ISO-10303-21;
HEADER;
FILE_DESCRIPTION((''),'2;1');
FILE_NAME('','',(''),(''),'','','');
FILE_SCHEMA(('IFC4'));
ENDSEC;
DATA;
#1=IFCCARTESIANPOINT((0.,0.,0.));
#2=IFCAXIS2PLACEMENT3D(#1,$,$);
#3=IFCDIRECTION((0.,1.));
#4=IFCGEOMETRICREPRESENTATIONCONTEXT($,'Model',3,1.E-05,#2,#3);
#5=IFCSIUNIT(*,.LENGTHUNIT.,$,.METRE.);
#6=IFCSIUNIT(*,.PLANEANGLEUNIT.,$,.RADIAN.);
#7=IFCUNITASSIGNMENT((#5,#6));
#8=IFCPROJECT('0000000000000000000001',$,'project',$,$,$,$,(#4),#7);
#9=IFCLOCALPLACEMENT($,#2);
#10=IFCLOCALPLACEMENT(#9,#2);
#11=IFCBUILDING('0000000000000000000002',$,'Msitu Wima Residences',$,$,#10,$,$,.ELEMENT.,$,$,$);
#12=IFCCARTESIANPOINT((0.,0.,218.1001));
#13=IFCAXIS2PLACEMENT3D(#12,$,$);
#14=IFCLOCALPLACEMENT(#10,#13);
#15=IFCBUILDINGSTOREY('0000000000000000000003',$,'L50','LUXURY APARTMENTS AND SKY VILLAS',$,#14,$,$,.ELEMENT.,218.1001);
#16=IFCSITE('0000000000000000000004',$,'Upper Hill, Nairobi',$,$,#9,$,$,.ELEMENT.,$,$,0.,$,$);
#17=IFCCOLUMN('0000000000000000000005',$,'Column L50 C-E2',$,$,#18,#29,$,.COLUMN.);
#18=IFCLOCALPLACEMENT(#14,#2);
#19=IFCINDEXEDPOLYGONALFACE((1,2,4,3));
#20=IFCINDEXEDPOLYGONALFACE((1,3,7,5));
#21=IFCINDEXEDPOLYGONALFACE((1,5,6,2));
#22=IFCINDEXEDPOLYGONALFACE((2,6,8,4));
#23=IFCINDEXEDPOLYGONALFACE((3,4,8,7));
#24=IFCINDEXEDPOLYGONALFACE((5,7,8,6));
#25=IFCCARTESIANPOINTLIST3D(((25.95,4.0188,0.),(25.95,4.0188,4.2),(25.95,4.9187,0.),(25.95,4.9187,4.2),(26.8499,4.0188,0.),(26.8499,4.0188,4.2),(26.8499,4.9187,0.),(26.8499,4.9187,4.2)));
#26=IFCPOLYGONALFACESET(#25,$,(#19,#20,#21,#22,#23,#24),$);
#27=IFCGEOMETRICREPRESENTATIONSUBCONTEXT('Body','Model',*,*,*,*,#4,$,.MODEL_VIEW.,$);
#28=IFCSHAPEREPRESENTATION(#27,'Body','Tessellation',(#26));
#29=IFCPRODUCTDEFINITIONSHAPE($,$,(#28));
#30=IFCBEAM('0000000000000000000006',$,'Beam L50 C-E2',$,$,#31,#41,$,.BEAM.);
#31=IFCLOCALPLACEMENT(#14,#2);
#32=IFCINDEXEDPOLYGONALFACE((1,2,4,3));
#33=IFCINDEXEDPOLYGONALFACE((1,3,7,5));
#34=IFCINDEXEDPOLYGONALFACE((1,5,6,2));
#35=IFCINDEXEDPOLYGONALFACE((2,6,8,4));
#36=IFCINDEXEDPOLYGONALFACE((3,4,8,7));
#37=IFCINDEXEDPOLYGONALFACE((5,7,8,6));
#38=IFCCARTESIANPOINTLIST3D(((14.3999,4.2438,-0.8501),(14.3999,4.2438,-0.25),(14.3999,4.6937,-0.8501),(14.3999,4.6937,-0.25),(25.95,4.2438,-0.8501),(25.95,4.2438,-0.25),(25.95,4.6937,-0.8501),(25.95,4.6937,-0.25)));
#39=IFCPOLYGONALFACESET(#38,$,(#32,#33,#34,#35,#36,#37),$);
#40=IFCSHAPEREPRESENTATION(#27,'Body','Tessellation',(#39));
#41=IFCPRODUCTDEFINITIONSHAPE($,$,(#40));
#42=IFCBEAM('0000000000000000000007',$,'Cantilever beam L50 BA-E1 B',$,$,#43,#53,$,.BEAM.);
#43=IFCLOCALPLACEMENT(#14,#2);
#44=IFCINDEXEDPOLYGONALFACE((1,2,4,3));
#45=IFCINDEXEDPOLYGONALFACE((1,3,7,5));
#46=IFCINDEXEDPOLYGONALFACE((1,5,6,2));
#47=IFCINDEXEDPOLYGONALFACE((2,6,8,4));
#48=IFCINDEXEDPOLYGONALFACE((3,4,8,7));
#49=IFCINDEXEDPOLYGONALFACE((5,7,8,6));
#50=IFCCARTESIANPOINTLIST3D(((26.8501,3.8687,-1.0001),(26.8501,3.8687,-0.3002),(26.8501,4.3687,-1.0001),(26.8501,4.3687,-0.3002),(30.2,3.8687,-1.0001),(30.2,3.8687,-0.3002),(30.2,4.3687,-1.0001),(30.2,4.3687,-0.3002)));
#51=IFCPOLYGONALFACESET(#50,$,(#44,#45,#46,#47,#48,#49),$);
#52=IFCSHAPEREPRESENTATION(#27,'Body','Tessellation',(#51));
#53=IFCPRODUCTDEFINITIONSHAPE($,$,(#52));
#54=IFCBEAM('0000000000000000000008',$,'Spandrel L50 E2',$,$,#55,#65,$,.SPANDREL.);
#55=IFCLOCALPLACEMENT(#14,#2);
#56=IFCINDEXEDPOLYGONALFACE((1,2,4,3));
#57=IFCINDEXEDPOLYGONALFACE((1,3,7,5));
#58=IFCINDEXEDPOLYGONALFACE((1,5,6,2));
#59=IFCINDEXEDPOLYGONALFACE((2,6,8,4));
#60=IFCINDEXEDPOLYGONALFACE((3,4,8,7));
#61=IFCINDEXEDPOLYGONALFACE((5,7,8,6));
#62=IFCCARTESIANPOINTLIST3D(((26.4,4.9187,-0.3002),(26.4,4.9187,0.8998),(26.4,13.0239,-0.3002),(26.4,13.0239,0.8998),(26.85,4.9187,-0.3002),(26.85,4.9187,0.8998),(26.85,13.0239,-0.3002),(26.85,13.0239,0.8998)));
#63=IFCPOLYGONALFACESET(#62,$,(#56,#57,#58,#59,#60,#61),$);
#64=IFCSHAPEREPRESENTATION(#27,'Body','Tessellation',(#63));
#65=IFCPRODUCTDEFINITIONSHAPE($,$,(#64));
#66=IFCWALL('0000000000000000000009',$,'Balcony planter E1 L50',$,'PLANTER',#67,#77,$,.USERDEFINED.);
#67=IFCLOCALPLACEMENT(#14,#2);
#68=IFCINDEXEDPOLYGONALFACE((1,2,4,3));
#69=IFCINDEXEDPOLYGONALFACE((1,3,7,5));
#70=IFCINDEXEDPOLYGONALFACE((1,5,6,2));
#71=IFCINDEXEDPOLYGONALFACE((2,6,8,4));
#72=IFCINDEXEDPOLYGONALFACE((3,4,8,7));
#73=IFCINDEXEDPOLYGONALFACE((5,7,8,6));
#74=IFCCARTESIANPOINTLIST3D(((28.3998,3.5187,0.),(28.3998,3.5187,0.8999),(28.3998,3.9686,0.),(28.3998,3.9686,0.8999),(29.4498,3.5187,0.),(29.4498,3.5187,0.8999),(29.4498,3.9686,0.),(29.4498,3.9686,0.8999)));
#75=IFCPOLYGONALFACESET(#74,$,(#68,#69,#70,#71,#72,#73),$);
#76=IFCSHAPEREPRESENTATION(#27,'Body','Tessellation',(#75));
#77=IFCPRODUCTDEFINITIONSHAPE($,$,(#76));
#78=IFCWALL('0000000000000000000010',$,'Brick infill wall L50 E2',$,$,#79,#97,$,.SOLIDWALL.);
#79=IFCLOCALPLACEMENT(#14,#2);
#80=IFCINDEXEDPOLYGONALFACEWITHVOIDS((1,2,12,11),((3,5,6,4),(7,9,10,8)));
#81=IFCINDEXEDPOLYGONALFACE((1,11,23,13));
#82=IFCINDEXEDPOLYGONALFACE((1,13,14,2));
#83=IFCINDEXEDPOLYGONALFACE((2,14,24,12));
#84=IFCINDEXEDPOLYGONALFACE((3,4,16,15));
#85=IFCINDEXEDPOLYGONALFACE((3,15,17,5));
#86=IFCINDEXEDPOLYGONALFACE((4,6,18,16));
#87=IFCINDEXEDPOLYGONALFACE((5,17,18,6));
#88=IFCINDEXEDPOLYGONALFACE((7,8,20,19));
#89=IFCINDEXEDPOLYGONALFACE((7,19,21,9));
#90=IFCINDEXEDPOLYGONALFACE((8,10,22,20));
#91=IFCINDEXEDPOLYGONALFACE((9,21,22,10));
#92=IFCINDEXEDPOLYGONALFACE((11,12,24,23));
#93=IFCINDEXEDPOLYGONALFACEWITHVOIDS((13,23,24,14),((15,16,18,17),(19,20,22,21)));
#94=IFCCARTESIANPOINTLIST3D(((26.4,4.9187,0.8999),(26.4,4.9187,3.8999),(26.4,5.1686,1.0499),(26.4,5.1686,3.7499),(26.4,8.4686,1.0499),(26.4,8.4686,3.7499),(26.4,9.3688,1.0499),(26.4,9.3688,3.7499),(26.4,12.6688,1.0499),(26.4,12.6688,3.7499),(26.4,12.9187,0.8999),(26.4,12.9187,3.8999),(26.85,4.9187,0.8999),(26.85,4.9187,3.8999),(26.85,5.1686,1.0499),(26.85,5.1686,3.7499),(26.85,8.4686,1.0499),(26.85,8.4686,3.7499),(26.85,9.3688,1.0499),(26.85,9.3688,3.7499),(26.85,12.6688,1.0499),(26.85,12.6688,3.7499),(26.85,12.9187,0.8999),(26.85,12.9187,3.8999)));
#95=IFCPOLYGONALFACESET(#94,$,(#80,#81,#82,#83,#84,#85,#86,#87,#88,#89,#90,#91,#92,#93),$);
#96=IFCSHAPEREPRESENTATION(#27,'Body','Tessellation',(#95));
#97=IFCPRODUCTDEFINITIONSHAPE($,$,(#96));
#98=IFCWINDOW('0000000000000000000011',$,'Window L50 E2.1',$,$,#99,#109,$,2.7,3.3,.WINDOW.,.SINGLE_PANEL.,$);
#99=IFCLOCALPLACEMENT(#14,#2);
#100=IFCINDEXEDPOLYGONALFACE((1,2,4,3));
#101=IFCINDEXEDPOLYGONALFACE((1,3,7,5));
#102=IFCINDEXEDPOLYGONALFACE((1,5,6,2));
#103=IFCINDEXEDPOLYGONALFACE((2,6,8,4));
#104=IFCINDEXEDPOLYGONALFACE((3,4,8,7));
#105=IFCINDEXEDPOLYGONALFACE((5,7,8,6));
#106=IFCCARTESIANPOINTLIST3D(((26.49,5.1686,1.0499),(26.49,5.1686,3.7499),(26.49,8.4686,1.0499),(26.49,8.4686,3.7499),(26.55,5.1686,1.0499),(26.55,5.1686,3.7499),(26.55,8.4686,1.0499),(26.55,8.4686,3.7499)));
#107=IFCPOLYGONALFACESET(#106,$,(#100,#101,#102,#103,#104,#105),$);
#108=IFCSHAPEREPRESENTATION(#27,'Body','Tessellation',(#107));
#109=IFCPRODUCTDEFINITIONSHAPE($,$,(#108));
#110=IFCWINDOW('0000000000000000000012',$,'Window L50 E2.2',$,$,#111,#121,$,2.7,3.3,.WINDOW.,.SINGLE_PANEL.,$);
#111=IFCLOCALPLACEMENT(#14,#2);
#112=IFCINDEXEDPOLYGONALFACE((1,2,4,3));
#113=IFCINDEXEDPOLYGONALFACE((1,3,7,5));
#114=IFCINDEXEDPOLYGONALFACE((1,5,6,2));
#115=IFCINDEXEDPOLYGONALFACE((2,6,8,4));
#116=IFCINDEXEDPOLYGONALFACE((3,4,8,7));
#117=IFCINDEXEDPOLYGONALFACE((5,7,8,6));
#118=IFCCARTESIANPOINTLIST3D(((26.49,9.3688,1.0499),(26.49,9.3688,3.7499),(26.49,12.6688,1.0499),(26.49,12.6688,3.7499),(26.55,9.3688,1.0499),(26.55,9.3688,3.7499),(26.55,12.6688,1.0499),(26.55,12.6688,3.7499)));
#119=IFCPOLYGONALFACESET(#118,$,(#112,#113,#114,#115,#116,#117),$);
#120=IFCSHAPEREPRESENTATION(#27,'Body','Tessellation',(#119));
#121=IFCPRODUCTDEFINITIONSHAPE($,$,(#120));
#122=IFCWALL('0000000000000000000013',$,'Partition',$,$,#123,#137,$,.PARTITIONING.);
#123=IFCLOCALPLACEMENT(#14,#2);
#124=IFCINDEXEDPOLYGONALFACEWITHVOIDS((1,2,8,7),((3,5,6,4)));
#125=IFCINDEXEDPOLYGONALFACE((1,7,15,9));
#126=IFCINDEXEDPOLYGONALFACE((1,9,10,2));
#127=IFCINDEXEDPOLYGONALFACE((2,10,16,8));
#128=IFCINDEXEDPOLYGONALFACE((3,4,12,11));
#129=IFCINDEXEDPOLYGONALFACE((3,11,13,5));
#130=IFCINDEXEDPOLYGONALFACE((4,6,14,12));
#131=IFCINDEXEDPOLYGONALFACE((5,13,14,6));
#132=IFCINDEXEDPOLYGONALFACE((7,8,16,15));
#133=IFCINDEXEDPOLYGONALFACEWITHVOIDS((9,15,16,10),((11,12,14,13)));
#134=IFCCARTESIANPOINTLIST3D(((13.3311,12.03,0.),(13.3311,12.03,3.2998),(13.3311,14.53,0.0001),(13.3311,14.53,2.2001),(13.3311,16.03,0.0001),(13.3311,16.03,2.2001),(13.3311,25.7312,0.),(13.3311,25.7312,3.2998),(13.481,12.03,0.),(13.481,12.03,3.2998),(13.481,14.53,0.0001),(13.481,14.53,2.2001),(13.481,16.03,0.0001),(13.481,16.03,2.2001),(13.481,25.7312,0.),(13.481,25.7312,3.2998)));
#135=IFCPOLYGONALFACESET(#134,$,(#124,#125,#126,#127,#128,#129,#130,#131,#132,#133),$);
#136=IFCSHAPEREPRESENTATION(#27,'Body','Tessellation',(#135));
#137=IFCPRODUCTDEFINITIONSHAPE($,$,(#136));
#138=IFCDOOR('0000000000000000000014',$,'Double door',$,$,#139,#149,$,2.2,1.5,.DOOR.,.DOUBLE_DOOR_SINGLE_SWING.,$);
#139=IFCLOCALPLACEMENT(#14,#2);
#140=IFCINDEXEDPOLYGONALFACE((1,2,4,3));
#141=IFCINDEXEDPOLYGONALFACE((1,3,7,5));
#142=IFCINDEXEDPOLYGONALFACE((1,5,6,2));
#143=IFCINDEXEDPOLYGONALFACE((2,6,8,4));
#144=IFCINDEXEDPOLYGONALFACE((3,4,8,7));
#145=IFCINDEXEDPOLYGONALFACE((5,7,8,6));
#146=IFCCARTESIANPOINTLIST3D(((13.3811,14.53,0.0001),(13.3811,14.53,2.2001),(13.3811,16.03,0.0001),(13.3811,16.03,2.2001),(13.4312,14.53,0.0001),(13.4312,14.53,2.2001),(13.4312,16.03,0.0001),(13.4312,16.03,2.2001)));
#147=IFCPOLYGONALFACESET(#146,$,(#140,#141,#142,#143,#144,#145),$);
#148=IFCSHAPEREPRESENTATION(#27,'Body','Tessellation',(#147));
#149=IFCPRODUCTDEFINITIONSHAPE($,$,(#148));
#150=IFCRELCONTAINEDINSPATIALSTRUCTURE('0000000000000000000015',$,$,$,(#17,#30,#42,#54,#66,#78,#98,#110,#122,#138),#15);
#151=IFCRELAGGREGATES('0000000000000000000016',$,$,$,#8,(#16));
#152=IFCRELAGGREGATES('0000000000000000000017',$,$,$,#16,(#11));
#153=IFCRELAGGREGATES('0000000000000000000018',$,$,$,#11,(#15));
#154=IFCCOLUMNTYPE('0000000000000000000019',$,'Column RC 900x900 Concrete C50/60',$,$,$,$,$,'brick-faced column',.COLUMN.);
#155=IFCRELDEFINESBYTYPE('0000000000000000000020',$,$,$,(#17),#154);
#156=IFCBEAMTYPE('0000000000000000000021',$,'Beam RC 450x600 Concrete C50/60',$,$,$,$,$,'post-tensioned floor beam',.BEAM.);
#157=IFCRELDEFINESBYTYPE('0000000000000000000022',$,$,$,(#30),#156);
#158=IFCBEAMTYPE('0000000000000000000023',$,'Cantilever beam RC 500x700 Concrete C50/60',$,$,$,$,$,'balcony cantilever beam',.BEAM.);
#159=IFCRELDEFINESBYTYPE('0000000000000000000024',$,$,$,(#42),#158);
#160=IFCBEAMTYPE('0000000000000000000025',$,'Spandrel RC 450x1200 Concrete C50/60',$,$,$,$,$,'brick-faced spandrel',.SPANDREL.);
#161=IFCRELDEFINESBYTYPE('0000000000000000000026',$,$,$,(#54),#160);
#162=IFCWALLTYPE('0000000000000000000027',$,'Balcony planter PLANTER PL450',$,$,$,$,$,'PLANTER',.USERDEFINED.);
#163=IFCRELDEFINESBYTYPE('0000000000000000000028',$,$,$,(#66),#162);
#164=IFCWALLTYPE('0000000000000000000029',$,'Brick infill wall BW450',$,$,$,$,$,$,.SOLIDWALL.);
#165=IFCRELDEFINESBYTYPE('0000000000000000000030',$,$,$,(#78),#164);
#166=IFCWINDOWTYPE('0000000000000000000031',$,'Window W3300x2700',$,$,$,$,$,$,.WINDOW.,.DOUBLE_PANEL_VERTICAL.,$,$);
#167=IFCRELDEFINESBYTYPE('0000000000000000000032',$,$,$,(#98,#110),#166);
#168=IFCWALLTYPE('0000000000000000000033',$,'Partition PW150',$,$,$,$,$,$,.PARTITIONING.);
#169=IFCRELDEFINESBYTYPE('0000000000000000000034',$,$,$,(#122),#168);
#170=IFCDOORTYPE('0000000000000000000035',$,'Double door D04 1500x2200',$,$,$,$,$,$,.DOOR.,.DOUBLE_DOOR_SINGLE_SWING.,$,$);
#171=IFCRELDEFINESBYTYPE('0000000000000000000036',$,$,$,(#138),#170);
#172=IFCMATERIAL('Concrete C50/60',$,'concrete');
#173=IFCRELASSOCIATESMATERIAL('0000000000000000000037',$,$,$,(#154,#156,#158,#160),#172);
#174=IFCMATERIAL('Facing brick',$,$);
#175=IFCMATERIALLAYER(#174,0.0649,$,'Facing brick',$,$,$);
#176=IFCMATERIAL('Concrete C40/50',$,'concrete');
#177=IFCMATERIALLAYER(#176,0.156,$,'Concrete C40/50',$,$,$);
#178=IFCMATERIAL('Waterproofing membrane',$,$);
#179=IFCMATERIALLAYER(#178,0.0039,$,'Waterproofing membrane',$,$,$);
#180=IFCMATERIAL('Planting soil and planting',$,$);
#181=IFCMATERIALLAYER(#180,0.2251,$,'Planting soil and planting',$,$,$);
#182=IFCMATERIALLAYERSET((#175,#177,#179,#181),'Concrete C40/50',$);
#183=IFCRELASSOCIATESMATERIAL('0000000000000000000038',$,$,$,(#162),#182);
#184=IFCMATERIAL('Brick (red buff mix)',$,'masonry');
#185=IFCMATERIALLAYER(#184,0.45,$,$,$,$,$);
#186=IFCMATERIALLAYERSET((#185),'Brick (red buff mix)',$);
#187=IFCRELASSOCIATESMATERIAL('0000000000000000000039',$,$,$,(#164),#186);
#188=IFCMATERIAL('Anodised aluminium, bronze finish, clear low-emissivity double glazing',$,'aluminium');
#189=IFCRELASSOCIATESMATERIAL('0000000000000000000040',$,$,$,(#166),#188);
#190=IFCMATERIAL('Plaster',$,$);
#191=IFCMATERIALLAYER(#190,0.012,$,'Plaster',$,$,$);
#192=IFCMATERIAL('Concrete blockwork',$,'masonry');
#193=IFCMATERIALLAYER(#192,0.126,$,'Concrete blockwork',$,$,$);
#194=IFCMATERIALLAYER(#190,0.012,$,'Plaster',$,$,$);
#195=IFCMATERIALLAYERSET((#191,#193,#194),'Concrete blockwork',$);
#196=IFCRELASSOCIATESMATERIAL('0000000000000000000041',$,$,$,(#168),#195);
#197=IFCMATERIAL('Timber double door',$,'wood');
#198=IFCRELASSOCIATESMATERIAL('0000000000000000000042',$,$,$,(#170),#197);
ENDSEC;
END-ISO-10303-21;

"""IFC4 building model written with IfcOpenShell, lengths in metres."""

from ifc_helpers import new_model, si_unit, direction, frame, frame_2d, origin, origin_2d, place, context, subcontext, project, spatial, rectangle, extrude, material, layer, layer_set, material_profile, profile_set, type_object, element, fill, save


model = new_model("IFC4")

# Units and contexts
model_context = context("Model", 3, precision=1e-05, world=origin(), true_north=direction((0.0, 1.0)))
body_context = subcontext(model_context, "Body", "Model", "MODEL_VIEW")
ifc_project = project(units=[si_unit("LENGTHUNIT", "METRE"), si_unit("PLANEANGLEUNIT", "RADIAN")], contexts=[model_context])

# Site, building, storey
site_placement = place(None, origin())
site = spatial("IfcSite", under=ifc_project, at=site_placement, Name="Upper Hill, Nairobi", CompositionType="ELEMENT", RefElevation=0.0)
building_placement = place(site_placement, origin())
building = spatial("IfcBuilding", under=site, at=building_placement, Name="Msitu Wima Residences", CompositionType="ELEMENT")
storey_placement = place(building_placement, frame((0.0, 0.0, 218.1001)))
storey = spatial("IfcBuildingStorey", under=building, at=storey_placement, Name="L50", Description="LUXURY APARTMENTS AND SKY VILLAS", CompositionType="ELEMENT", Elevation=218.1001)

# Column
ifc_material_1 = material(Name="Concrete C50/60", Category="concrete")
ifc_material_profile_1 = material_profile(ifc_material_1, rectangle(XDim=0.8999, YDim=0.8999, at=origin_2d()), Name="RC 900x900")
ifc_profile_set_1 = profile_set([ifc_material_profile_1], Name="Concrete C50/60")
column_type = type_object("IfcColumnType", Name="Column RC 900x900 Concrete C50/60", ElementType="brick-faced column", PredefinedType="COLUMN", material=ifc_profile_set_1)
column_placement = place(storey_placement, frame((26.3999, 4.4688, 0.0), z_axis=(0.0, 0.0, 1.0), x_axis=(0.0, 1.0, 0.0)))
element("IfcColumn", 1, at=column_placement, inside=storey, type_object=column_type, Name="Column L50 C-E2", PredefinedType="COLUMN", context=body_context, shape_type="SweptSolid", body=[
    extrude(rectangle(XDim=0.8999, YDim=0.8999, at=origin_2d()), origin(), (0.0, 0.0, 1.0), 4.2),
])

# Beams
ifc_material_profile_2 = material_profile(ifc_material_1, rectangle(XDim=0.45, YDim=0.6001, at=origin_2d()), Name="RC 450x600")
ifc_profile_set_2 = profile_set([ifc_material_profile_2], Name="Concrete C50/60")
beam_type_1 = type_object("IfcBeamType", Name="Beam RC 450x600 Concrete C50/60", ElementType="post-tensioned floor beam", PredefinedType="BEAM", material=ifc_profile_set_2)
beam_1_placement = place(storey_placement, frame((25.95, 4.4688, -0.55), z_axis=(-1.0, 0.0, 0.0), x_axis=(0.0, -1.0, 0.0)))
element("IfcBeam", 2, at=beam_1_placement, inside=storey, type_object=beam_type_1, Name="Beam L50 C-E2", PredefinedType="BEAM", context=body_context, shape_type="SweptSolid", body=[
    extrude(rectangle(XDim=0.45, YDim=0.6001, at=origin_2d()), origin(), (0.0, 0.0, 1.0), 11.55),
])
ifc_material_profile_3 = material_profile(ifc_material_1, rectangle(XDim=0.5, YDim=0.7, at=origin_2d()), Name="RC 500x700")
ifc_profile_set_3 = profile_set([ifc_material_profile_3], Name="Concrete C50/60")
beam_type_2 = type_object("IfcBeamType", Name="Cantilever beam RC 500x700 Concrete C50/60", ElementType="balcony cantilever beam", PredefinedType="BEAM", material=ifc_profile_set_3)
beam_2_placement = place(storey_placement, frame((26.8501, 4.1187, -0.6501), z_axis=(1.0, 0.0, 0.0), x_axis=(0.0, 1.0, 0.0)))
element("IfcBeam", 3, at=beam_2_placement, inside=storey, type_object=beam_type_2, Name="Cantilever beam L50 BA-E1 B", PredefinedType="BEAM", context=body_context, shape_type="SweptSolid", body=[
    extrude(rectangle(XDim=0.5, YDim=0.7, at=origin_2d()), origin(), (0.0, 0.0, 1.0), 3.3499),
])
ifc_material_profile_4 = material_profile(ifc_material_1, rectangle(XDim=0.45, YDim=1.2, at=origin_2d()), Name="RC 450x1200")
ifc_profile_set_4 = profile_set([ifc_material_profile_4], Name="Concrete C50/60")
beam_type_3 = type_object("IfcBeamType", Name="Spandrel RC 450x1200 Concrete C50/60", ElementType="brick-faced spandrel", PredefinedType="SPANDREL", material=ifc_profile_set_4)
beam_3_placement = place(storey_placement, frame((26.625, 4.9187, 0.2998), z_axis=(0.0, 1.0, 0.0), x_axis=(-1.0, 0.0, 0.0)))
element("IfcBeam", 4, at=beam_3_placement, inside=storey, type_object=beam_type_3, Name="Spandrel L50 E2", PredefinedType="SPANDREL", context=body_context, shape_type="SweptSolid", body=[
    extrude(rectangle(XDim=0.45, YDim=1.2, at=origin_2d()), origin(), (0.0, 0.0, 1.0), 8.1052),
])

# Wall
ifc_material_2 = material(Name="Facing brick")
ifc_layer_1 = layer(ifc_material_2, 0.0649, Name="Facing brick")
ifc_material_3 = material(Name="Concrete C40/50", Category="concrete")
ifc_layer_2 = layer(ifc_material_3, 0.156, Name="Concrete C40/50")
ifc_material_4 = material(Name="Waterproofing membrane")
ifc_layer_3 = layer(ifc_material_4, 0.0039, Name="Waterproofing membrane")
ifc_material_5 = material(Name="Planting soil and planting")
ifc_layer_4 = layer(ifc_material_5, 0.2251, Name="Planting soil and planting")
ifc_layer_set_1 = layer_set([ifc_layer_1, ifc_layer_2, ifc_layer_3, ifc_layer_4], Name="Concrete C40/50")
wall_type_1 = type_object("IfcWallType", Name="Balcony planter PLANTER PL450", ElementType="PLANTER", PredefinedType="USERDEFINED", material=ifc_layer_set_1)
wall_1_placement = place(storey_placement, frame((28.3999, 3.7437, 0.0), z_axis=(0.0, 0.0, 1.0), x_axis=(1.0, 0.0, 0.0)))
element("IfcWall", 5, at=wall_1_placement, inside=storey, type_object=wall_type_1, Name="Balcony planter E1 L50", ObjectType="PLANTER", PredefinedType="USERDEFINED", context=body_context, shape_type="SweptSolid", body=[
    extrude(rectangle(XDim=1.05, YDim=0.45, at=frame_2d((0.5249, 0.0))), origin(), (0.0, 0.0, 1.0), 0.8999),
])

# Wall, openings, windows
ifc_material_6 = material(Name="Brick (red buff mix)", Category="masonry")
ifc_layer_5 = layer(ifc_material_6, 0.45)
ifc_layer_set_2 = layer_set([ifc_layer_5], Name="Brick (red buff mix)")
wall_type_2 = type_object("IfcWallType", Name="Brick infill wall BW450", PredefinedType="SOLIDWALL", material=ifc_layer_set_2)
wall_2_placement = place(storey_placement, frame((26.625, 4.9187, 0.8999), z_axis=(0.0, 0.0, 1.0), x_axis=(0.0, 1.0, 0.0)))
wall_2 = element("IfcWall", 6, at=wall_2_placement, inside=storey, type_object=wall_type_2, Name="Brick infill wall L50 E2", PredefinedType="SOLIDWALL", context=body_context, shape_type="SweptSolid", body=[
    extrude(rectangle(XDim=8.0, YDim=0.45, at=frame_2d((4.0, 0.0))), origin(), (0.0, 0.0, 1.0), 3.0),
])
opening_1_placement = place(wall_2_placement, frame((0.25, 0.0, 0.1499)))
opening_1 = element("IfcOpeningElement", 7, at=opening_1_placement, cuts=wall_2, PredefinedType="OPENING", context=body_context, shape_type="SweptSolid", body=[
    extrude(rectangle(XDim=3.3, YDim=2.7, at=frame_2d((1.6499, 1.3501))), frame((0.0, 0.2349, 0.0), z_axis=(0.0, -1.0, 0.0), x_axis=(1.0, 0.0, 0.0)), (0.0, 0.0, 1.0), 0.47),
])
opening_2_placement = place(wall_2_placement, frame((4.4502, 0.0, 0.1499)))
opening_2 = element("IfcOpeningElement", 8, at=opening_2_placement, cuts=wall_2, PredefinedType="OPENING", context=body_context, shape_type="SweptSolid", body=[
    extrude(rectangle(XDim=3.3, YDim=2.7, at=frame_2d((1.6499, 1.3501))), frame((0.0, 0.2349, 0.0), z_axis=(0.0, -1.0, 0.0), x_axis=(1.0, 0.0, 0.0)), (0.0, 0.0, 1.0), 0.47),
])
ifc_material_7 = material(Name="Anodised aluminium, bronze finish, clear low-emissivity double glazing", Category="aluminium")
window_type = type_object("IfcWindowType", Name="Window W3300x2700", PartitioningType="DOUBLE_PANEL_VERTICAL", PredefinedType="WINDOW", material=ifc_material_7)
window_1_placement = place(opening_1_placement, origin())
window_1 = element("IfcWindow", 9, at=window_1_placement, inside=storey, type_object=window_type, Name="Window L50 E2.1", OverallHeight=2.7, OverallWidth=3.3, PartitioningType="SINGLE_PANEL", PredefinedType="WINDOW", context=body_context, shape_type="SweptSolid", body=[
    extrude(rectangle(XDim=3.3, YDim=2.7, at=frame_2d((1.6499, 1.3501))), frame((0.0, 0.135, 0.0), z_axis=(0.0, -1.0, 0.0), x_axis=(1.0, 0.0, 0.0)), (0.0, 0.0, 1.0), 0.0601),
])
fill(opening_1, window_1)
window_2_placement = place(opening_2_placement, origin())
window_2 = element("IfcWindow", 10, at=window_2_placement, inside=storey, type_object=window_type, Name="Window L50 E2.2", OverallHeight=2.7, OverallWidth=3.3, PartitioningType="SINGLE_PANEL", PredefinedType="WINDOW", context=body_context, shape_type="SweptSolid", body=[
    extrude(rectangle(XDim=3.3, YDim=2.7, at=frame_2d((1.6499, 1.3501))), frame((0.0, 0.135, 0.0), z_axis=(0.0, -1.0, 0.0), x_axis=(1.0, 0.0, 0.0)), (0.0, 0.0, 1.0), 0.0601),
])
fill(opening_2, window_2)

# Wall, opening, door
ifc_material_8 = material(Name="Plaster")
ifc_layer_6 = layer(ifc_material_8, 0.012, Name="Plaster")
ifc_material_9 = material(Name="Concrete blockwork", Category="masonry")
ifc_layer_7 = layer(ifc_material_9, 0.126, Name="Concrete blockwork")
ifc_layer_8 = layer(ifc_material_8, 0.012, Name="Plaster")
ifc_layer_set_3 = layer_set([ifc_layer_6, ifc_layer_7, ifc_layer_8], Name="Concrete blockwork")
wall_type_3 = type_object("IfcWallType", Name="Partition PW150", PredefinedType="PARTITIONING", material=ifc_layer_set_3)
wall_3_placement = place(storey_placement, frame((13.406, 12.03, 0.0), z_axis=(0.0, 0.0, 1.0), x_axis=(0.0, 1.0, 0.0)))
wall_3 = element("IfcWall", 11, at=wall_3_placement, inside=storey, type_object=wall_type_3, Name="Partition", PredefinedType="PARTITIONING", context=body_context, shape_type="SweptSolid", body=[
    extrude(rectangle(XDim=13.7012, YDim=0.1499, at=frame_2d((6.8506, 0.0))), origin(), (0.0, 0.0, 1.0), 3.2998),
])
opening_3_placement = place(wall_3_placement, frame((2.5, 0.0, 0.0)))
opening_3 = element("IfcOpeningElement", 12, at=opening_3_placement, cuts=wall_3, PredefinedType="OPENING", context=body_context, shape_type="SweptSolid", body=[
    extrude(rectangle(XDim=1.5, YDim=2.2, at=frame_2d((0.75, 1.1001))), frame((0.0, 0.085, 0.0), z_axis=(0.0, -1.0, 0.0), x_axis=(1.0, 0.0, 0.0)), (0.0, 0.0, 1.0), 0.1699),
])
ifc_material_10 = material(Name="Timber double door", Category="wood")
door_type_1 = type_object("IfcDoorType", Name="Double door D04 1500x2200", OperationType="DOUBLE_DOOR_SINGLE_SWING", PredefinedType="DOOR", material=ifc_material_10)
door_1_placement = place(opening_3_placement, origin())
door_1 = element("IfcDoor", 13, at=door_1_placement, inside=storey, type_object=door_type_1, Name="Double door", OperationType="DOUBLE_DOOR_SINGLE_SWING", OverallHeight=2.2, OverallWidth=1.5, PredefinedType="DOOR", context=body_context, shape_type="SweptSolid", body=[
    extrude(rectangle(XDim=1.5, YDim=2.2, at=frame_2d((0.75, 1.1001))), frame((0.0, 0.0249, 0.0), z_axis=(0.0, -1.0, 0.0), x_axis=(1.0, 0.0, 0.0)), (0.0, 0.0, 1.0), 0.05),
])
fill(opening_3, door_1)

save(model, "model.ifc")
